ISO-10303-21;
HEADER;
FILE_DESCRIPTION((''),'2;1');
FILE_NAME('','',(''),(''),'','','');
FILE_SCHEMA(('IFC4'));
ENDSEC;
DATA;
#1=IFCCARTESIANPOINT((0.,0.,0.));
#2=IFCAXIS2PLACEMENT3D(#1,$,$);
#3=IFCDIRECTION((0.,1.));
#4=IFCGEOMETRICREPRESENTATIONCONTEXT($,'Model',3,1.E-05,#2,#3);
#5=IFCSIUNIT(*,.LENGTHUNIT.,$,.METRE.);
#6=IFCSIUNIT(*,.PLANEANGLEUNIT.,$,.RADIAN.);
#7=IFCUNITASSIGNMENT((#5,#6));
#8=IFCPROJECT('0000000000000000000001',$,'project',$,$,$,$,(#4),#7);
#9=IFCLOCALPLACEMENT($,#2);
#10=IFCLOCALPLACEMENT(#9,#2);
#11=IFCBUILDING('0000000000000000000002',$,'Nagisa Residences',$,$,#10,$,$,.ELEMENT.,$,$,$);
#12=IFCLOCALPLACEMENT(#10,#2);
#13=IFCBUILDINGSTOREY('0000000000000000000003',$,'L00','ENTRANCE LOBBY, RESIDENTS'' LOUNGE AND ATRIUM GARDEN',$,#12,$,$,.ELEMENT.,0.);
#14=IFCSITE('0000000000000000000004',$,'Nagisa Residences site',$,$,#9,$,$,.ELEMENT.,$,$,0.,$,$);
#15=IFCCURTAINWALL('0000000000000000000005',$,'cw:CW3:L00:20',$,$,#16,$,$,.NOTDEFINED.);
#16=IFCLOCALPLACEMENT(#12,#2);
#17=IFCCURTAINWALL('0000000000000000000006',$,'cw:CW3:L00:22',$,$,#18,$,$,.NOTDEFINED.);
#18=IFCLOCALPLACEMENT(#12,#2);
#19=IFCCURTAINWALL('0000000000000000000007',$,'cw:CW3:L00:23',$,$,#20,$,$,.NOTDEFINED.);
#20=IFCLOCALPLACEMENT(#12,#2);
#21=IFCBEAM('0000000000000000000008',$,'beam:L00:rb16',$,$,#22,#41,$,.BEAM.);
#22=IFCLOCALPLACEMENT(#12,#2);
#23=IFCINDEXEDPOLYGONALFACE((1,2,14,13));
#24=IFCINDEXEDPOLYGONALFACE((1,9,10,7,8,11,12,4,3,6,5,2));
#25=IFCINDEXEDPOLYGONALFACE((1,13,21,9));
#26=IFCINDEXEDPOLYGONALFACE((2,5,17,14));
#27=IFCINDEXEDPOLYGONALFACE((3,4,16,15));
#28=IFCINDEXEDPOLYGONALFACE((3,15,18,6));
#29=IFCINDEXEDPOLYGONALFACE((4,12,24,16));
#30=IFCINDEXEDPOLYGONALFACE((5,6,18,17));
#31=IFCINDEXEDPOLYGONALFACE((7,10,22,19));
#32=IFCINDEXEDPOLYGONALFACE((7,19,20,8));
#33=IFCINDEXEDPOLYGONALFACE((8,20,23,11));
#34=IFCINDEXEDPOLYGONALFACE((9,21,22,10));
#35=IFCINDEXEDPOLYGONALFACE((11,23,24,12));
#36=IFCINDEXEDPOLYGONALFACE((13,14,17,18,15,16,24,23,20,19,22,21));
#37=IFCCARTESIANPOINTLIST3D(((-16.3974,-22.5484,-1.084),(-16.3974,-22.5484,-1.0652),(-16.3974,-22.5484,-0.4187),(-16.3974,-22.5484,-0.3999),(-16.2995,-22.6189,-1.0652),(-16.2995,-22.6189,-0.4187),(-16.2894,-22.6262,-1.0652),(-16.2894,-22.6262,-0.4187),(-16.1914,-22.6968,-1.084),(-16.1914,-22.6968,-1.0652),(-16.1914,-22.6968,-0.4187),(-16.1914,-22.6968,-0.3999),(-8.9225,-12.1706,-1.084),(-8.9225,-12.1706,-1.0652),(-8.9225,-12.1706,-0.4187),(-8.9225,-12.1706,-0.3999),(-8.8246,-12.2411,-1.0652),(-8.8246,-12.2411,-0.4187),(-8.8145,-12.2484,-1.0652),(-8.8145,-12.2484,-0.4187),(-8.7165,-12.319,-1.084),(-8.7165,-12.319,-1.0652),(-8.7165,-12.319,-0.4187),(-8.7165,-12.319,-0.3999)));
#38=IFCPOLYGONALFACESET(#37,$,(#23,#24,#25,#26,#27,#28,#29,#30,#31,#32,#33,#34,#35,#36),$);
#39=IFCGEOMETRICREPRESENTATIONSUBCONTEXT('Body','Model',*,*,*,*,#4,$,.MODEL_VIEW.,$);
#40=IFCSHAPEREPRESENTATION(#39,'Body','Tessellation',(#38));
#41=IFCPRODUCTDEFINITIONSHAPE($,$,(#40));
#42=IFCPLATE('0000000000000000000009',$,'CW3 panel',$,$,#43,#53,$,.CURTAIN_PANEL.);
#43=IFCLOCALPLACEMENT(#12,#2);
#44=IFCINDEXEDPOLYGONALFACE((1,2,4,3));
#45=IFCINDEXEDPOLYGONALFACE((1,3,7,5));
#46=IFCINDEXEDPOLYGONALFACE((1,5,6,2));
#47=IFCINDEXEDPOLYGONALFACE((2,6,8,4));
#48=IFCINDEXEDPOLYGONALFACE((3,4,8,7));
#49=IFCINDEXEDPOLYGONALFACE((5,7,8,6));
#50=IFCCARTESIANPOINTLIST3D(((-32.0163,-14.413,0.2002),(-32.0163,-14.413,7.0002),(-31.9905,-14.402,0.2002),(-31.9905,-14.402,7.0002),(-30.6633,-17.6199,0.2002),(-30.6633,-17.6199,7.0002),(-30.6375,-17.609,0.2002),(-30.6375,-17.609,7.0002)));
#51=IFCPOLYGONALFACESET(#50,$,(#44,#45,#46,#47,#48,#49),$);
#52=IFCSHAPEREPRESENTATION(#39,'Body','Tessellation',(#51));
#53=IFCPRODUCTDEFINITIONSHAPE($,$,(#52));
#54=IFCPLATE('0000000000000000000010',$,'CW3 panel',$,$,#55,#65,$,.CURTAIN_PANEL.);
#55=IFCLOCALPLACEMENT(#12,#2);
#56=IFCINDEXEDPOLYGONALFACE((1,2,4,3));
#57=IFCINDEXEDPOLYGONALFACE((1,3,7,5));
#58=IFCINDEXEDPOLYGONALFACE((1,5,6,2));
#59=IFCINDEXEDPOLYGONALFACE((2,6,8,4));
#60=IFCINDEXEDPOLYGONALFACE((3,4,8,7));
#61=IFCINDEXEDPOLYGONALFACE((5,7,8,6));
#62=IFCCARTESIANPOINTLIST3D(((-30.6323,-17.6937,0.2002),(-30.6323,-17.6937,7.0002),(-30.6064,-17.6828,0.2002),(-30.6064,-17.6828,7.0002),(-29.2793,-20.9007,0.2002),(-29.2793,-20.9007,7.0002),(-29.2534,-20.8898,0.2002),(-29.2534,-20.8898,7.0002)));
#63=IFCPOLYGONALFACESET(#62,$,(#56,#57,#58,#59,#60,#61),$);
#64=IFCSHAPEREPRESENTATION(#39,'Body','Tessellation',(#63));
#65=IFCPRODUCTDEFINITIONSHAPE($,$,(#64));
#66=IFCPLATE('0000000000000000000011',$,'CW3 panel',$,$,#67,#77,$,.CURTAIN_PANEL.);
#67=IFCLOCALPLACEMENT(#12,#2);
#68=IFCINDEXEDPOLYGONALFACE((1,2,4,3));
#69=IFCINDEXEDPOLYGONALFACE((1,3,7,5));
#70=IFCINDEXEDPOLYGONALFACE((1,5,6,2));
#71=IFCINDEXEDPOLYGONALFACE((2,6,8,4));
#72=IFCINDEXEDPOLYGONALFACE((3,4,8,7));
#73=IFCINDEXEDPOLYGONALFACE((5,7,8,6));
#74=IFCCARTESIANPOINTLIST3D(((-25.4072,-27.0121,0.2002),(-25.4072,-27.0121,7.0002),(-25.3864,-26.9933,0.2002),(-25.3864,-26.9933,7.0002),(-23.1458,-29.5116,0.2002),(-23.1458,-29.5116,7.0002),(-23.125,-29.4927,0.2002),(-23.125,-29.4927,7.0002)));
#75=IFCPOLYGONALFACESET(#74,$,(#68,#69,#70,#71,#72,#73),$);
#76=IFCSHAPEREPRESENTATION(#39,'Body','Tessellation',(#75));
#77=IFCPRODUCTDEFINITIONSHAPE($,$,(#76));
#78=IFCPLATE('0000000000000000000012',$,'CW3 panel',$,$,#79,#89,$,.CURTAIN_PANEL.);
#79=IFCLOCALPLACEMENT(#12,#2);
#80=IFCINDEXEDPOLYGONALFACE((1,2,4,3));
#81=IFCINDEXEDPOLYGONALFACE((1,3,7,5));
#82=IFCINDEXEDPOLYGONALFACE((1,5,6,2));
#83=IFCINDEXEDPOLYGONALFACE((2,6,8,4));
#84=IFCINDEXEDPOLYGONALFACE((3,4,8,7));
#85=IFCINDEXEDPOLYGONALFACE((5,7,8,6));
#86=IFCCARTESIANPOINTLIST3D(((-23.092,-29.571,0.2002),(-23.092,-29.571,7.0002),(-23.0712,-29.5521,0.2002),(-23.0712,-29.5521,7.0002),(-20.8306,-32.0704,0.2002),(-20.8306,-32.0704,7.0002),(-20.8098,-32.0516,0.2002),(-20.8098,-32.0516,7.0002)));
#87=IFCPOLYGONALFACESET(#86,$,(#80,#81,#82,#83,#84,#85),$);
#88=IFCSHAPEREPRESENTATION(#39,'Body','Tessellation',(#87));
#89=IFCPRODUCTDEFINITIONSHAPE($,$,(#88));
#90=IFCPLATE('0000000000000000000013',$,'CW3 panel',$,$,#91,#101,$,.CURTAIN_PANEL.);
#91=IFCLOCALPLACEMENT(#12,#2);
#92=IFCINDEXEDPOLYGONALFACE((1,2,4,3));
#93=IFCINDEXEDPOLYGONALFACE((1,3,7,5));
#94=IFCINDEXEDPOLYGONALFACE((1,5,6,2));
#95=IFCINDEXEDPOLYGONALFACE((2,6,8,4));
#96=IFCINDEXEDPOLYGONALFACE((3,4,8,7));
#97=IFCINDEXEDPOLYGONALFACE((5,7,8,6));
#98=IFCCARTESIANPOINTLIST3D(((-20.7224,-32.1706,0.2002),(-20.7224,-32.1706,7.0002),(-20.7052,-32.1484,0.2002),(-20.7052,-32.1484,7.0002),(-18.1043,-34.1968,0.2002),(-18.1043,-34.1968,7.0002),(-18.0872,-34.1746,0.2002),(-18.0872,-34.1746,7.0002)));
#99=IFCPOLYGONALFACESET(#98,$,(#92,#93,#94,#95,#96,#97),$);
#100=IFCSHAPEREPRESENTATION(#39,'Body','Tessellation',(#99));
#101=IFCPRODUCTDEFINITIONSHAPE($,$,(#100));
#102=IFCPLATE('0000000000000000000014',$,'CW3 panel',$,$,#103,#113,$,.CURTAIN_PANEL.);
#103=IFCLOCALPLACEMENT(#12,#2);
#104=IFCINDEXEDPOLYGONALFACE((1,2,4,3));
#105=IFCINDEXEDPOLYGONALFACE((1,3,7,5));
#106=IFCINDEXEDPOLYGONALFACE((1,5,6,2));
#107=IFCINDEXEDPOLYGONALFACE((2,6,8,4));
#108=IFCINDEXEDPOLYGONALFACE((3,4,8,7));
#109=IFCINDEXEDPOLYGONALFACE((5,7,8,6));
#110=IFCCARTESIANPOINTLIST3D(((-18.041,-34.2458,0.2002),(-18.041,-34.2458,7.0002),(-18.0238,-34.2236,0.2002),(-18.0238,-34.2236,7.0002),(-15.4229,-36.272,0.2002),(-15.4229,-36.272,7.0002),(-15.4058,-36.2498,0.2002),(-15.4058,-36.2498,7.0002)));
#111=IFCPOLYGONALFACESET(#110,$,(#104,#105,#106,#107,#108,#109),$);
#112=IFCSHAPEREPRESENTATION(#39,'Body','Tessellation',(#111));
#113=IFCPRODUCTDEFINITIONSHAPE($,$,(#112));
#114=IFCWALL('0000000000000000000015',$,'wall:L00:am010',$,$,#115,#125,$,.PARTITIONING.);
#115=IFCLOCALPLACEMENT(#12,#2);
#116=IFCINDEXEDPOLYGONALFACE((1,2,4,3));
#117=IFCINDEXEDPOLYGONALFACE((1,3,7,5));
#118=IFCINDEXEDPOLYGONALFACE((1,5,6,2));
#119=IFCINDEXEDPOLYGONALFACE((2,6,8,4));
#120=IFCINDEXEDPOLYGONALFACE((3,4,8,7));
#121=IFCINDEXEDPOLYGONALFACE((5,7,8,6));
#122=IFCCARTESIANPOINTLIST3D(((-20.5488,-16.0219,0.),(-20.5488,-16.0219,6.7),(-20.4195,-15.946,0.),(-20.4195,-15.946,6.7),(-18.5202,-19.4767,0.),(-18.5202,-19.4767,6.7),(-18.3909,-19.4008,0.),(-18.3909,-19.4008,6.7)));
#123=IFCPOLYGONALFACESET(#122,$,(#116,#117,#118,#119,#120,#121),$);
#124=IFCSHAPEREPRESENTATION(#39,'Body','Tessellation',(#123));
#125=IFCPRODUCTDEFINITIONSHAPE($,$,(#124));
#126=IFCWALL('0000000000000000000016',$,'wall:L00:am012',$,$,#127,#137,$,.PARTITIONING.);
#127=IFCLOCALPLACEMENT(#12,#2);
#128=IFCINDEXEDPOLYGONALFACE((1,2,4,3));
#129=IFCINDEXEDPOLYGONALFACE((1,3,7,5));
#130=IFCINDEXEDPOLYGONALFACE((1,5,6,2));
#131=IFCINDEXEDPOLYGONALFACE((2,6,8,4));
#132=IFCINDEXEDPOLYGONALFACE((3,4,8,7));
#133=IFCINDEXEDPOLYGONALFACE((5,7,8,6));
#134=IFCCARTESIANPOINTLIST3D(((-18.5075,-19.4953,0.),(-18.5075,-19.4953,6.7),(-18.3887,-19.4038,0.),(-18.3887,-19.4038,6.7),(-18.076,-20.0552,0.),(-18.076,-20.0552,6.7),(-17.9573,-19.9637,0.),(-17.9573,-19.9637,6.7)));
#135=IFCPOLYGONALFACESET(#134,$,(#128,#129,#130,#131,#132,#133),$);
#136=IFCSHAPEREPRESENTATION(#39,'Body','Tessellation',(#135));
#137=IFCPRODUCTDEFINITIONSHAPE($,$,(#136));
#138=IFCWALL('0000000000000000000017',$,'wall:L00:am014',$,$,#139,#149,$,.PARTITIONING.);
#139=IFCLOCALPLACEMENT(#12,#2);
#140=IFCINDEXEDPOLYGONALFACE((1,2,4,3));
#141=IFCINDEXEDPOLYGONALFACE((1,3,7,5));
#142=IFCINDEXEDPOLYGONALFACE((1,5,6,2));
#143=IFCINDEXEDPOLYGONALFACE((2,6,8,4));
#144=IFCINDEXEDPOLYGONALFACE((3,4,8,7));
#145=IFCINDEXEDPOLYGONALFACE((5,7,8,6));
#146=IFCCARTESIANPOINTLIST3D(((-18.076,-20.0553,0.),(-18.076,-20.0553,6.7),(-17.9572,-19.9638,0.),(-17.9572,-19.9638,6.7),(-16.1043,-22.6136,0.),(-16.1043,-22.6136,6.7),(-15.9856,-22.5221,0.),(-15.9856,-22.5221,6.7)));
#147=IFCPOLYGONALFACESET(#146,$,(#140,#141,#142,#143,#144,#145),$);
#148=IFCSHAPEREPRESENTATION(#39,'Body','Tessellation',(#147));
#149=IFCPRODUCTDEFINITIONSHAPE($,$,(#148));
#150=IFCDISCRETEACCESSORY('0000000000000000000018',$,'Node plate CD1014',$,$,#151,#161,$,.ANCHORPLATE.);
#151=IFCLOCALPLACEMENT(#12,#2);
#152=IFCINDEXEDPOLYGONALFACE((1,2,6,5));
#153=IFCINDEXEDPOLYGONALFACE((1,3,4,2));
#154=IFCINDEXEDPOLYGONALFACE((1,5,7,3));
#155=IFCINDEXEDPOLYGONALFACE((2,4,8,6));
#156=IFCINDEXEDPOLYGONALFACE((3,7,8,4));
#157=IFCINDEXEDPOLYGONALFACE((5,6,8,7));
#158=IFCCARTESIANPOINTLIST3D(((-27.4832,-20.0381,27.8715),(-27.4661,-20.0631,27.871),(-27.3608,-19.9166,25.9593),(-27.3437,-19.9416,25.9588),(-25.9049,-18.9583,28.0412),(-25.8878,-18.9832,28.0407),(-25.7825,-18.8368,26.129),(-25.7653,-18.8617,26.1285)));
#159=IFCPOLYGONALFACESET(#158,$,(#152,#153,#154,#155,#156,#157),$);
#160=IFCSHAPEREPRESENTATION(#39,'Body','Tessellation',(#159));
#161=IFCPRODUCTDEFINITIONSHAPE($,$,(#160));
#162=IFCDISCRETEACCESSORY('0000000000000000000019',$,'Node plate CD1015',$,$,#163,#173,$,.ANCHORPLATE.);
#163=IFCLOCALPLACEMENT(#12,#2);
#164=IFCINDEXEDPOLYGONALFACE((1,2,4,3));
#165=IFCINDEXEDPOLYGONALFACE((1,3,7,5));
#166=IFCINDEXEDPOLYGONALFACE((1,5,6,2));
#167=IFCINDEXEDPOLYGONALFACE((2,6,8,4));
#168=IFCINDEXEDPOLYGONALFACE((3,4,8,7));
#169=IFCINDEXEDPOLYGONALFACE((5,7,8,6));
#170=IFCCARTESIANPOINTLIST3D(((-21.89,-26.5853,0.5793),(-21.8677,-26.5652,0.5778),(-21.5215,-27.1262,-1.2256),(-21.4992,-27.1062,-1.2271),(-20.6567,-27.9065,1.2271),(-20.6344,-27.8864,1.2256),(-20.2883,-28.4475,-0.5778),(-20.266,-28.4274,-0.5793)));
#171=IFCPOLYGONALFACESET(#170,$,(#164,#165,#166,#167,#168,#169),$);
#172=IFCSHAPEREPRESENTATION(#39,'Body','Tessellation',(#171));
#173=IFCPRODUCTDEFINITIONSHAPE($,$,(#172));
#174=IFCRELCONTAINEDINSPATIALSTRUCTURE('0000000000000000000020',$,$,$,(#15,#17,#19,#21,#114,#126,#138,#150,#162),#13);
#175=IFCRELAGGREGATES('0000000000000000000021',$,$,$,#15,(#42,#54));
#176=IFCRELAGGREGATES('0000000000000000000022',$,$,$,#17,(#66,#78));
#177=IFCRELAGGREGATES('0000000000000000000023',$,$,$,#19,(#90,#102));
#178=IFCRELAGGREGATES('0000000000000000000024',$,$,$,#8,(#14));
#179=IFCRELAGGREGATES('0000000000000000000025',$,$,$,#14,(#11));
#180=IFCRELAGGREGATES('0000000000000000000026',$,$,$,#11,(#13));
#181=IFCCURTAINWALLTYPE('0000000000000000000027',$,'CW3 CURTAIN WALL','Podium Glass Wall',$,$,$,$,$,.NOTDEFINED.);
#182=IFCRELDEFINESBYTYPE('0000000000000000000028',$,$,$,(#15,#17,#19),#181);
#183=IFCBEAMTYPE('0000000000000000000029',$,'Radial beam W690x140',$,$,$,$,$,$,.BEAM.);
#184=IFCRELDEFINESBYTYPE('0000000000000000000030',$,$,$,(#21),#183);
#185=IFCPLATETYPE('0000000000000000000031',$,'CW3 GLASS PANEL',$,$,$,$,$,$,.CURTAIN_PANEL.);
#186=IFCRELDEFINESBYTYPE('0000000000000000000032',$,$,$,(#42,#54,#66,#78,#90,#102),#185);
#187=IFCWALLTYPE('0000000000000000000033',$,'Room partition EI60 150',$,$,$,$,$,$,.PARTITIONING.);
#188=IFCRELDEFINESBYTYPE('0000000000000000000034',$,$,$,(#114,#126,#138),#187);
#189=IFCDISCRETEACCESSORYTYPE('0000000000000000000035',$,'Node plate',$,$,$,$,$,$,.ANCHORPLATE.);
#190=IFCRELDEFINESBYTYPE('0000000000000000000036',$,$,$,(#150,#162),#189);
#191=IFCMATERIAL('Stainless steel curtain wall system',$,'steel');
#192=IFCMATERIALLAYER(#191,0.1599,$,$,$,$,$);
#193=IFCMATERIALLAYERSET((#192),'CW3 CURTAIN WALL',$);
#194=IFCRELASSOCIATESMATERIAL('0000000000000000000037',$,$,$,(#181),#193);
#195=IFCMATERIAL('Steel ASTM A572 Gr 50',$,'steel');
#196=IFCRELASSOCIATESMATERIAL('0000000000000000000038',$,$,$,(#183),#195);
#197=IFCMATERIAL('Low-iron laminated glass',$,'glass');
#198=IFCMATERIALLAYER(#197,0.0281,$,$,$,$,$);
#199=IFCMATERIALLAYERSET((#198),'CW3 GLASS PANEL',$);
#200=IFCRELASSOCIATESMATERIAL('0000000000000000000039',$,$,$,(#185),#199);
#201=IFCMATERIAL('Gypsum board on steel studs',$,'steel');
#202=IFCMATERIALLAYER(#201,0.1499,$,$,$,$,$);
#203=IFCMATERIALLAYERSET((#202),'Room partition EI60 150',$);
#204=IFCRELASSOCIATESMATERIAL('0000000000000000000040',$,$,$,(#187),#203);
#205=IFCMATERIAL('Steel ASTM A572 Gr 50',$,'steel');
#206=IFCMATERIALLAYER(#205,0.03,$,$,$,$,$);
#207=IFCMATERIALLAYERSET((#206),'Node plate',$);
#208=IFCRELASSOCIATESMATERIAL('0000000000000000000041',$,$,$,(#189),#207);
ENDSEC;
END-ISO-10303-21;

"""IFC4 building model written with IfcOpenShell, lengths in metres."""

from ifc_helpers import new_model, si_unit, direction, frame, frame_2d, origin, origin_2d, place, context, subcontext, project, spatial, rectangle, i_section, extrude, material, layer, layer_set, material_profile, profile_set, type_object, element, aggregate, save


model = new_model("IFC4")

# Units and contexts
model_context = context("Model", 3, precision=1e-05, world=origin(), true_north=direction((0.0, 1.0)))
body_context = subcontext(model_context, "Body", "Model", "MODEL_VIEW")
ifc_project = project(units=[si_unit("LENGTHUNIT", "METRE"), si_unit("PLANEANGLEUNIT", "RADIAN")], contexts=[model_context])

# Site, building, storey
site_placement = place(None, origin())
site = spatial("IfcSite", under=ifc_project, at=site_placement, Name="Nagisa Residences site", CompositionType="ELEMENT", RefElevation=0.0)
building_placement = place(site_placement, origin())
building = spatial("IfcBuilding", under=site, at=building_placement, Name="Nagisa Residences", CompositionType="ELEMENT")
storey_placement = place(building_placement, origin())
storey = spatial("IfcBuildingStorey", under=building, at=storey_placement, Name="L00", Description="ENTRANCE LOBBY, RESIDENTS' LOUNGE AND ATRIUM GARDEN", CompositionType="ELEMENT", Elevation=0.0)

# Curtain walls
ifc_material_1 = material(Name="Stainless steel curtain wall system", Category="steel")
ifc_layer_1 = layer(ifc_material_1, 0.1599)
ifc_layer_set_1 = layer_set([ifc_layer_1], Name="CW3 CURTAIN WALL")
curtain_wall_type = type_object("IfcCurtainWallType", Name="CW3 CURTAIN WALL", Description="Podium Glass Wall", PredefinedType="NOTDEFINED", material=ifc_layer_set_1)
curtain_wall_1_placement = place(storey_placement, origin())
curtain_wall_1 = element("IfcCurtainWall", 1, at=curtain_wall_1_placement, inside=storey, type_object=curtain_wall_type, Name="cw:CW3:L00:20", PredefinedType="NOTDEFINED")
curtain_wall_2_placement = place(storey_placement, origin())
curtain_wall_2 = element("IfcCurtainWall", 2, at=curtain_wall_2_placement, inside=storey, type_object=curtain_wall_type, Name="cw:CW3:L00:22", PredefinedType="NOTDEFINED")
curtain_wall_3_placement = place(storey_placement, origin())
curtain_wall_3 = element("IfcCurtainWall", 3, at=curtain_wall_3_placement, inside=storey, type_object=curtain_wall_type, Name="cw:CW3:L00:23", PredefinedType="NOTDEFINED")

# Beam
ifc_material_2 = material(Name="Steel ASTM A572 Gr 50", Category="steel")
ifc_material_profile_1 = material_profile(ifc_material_2, i_section(OverallWidth=0.2539, OverallDepth=0.6841, WebThickness=0.0125, FlangeThickness=0.0188, at=origin_2d()), Name="W690x140")
ifc_profile_set_1 = profile_set([ifc_material_profile_1], Name="Steel ASTM A572 Gr 50")
beam_type_1 = type_object("IfcBeamType", Name="Radial beam W690x140", PredefinedType="BEAM", material=ifc_profile_set_1)
beam_1_placement = place(storey_placement, frame((-16.2944, -22.6226, -0.7419), z_axis=(0.584455, 0.811426, 0.0), x_axis=(-0.811426, 0.584455, 0.0)))
element("IfcBeam", 4, at=beam_1_placement, inside=storey, type_object=beam_type_1, Name="beam:L00:rb16", PredefinedType="BEAM", context=body_context, shape_type="SweptSolid", body=[
    extrude(i_section(OverallWidth=0.2539, OverallDepth=0.6841, WebThickness=0.0125, FlangeThickness=0.0188, at=origin_2d()), origin(), (0.0, 0.0, 1.0), 12.7896),
])

# Plates
ifc_material_3 = material(Name="Low-iron laminated glass", Category="glass")
ifc_layer_2 = layer(ifc_material_3, 0.0281)
ifc_layer_set_2 = layer_set([ifc_layer_2], Name="CW3 GLASS PANEL")
plate_type = type_object("IfcPlateType", Name="CW3 GLASS PANEL", PredefinedType="CURTAIN_PANEL", material=ifc_layer_set_2)
plate_1_placement = place(storey_placement, frame((-31.3269, -16.011, 0.2002), z_axis=(0.0, 0.0, 1.0), x_axis=(0.388718, -0.921357, 0.0)))
plate_1 = element("IfcPlate", 5, at=plate_1_placement, type_object=plate_type, Name="CW3 panel", PredefinedType="CURTAIN_PANEL", context=body_context, shape_type="SweptSolid", body=[
    extrude(rectangle(XDim=3.4807, YDim=0.0281, at=origin_2d()), origin(), (0.0, 0.0, 1.0), 6.8),
])
plate_2_placement = place(storey_placement, frame((-29.9429, -19.2917, 0.2002), z_axis=(0.0, 0.0, 1.0), x_axis=(0.388718, -0.921357, 0.0)))
plate_2 = element("IfcPlate", 6, at=plate_2_placement, type_object=plate_type, Name="CW3 panel", PredefinedType="CURTAIN_PANEL", context=body_context, shape_type="SweptSolid", body=[
    extrude(rectangle(XDim=3.4807, YDim=0.0281, at=origin_2d()), origin(), (0.0, 0.0, 1.0), 6.8),
])
aggregate(curtain_wall_1, [plate_1, plate_2])
plate_3_placement = place(storey_placement, frame((-24.2661, -28.2524, 0.2002), z_axis=(0.0, 0.0, 1.0), x_axis=(0.670913, -0.741536, 0.0)))
plate_3 = element("IfcPlate", 7, at=plate_3_placement, type_object=plate_type, Name="CW3 panel", PredefinedType="CURTAIN_PANEL", context=body_context, shape_type="SweptSolid", body=[
    extrude(rectangle(XDim=3.3706, YDim=0.0281, at=origin_2d()), origin(), (0.0, 0.0, 1.0), 6.8),
])
plate_4_placement = place(storey_placement, frame((-21.9509, -30.8113, 0.2002), z_axis=(0.0, 0.0, 1.0), x_axis=(0.670913, -0.741536, 0.0)))
plate_4 = element("IfcPlate", 8, at=plate_4_placement, type_object=plate_type, Name="CW3 panel", PredefinedType="CURTAIN_PANEL", context=body_context, shape_type="SweptSolid", body=[
    extrude(rectangle(XDim=3.3706, YDim=0.0281, at=origin_2d()), origin(), (0.0, 0.0, 1.0), 6.8),
])
aggregate(curtain_wall_2, [plate_3, plate_4])
plate_5_placement = place(storey_placement, frame((-19.4048, -33.1726, 0.2002), z_axis=(0.0, 0.0, 1.0), x_axis=(0.790831, -0.612035, 0.0)))
plate_5 = element("IfcPlate", 9, at=plate_5_placement, type_object=plate_type, Name="CW3 panel", PredefinedType="CURTAIN_PANEL", context=body_context, shape_type="SweptSolid", body=[
    extrude(rectangle(XDim=3.3105, YDim=0.0281, at=origin_2d()), origin(), (0.0, 0.0, 1.0), 6.8),
])
plate_6_placement = place(storey_placement, frame((-16.7234, -35.2478, 0.2002), z_axis=(0.0, 0.0, 1.0), x_axis=(0.790831, -0.612035, 0.0)))
plate_6 = element("IfcPlate", 10, at=plate_6_placement, type_object=plate_type, Name="CW3 panel", PredefinedType="CURTAIN_PANEL", context=body_context, shape_type="SweptSolid", body=[
    extrude(rectangle(XDim=3.3105, YDim=0.0281, at=origin_2d()), origin(), (0.0, 0.0, 1.0), 6.8),
])
aggregate(curtain_wall_3, [plate_5, plate_6])

# Walls
ifc_material_4 = material(Name="Gypsum board on steel studs", Category="steel")
ifc_layer_3 = layer(ifc_material_4, 0.1499)
ifc_layer_set_3 = layer_set([ifc_layer_3], Name="Room partition EI60 150")
wall_type_1 = type_object("IfcWallType", Name="Room partition EI60 150", PredefinedType="PARTITIONING", material=ifc_layer_set_3)
wall_1_placement = place(storey_placement, frame((-18.4556, -19.4387, 0.0), z_axis=(0.0, 0.0, 1.0), x_axis=(-0.506336, 0.862337, 0.0)))
element("IfcWall", 11, at=wall_1_placement, inside=storey, type_object=wall_type_1, Name="wall:L00:am010", PredefinedType="PARTITIONING", context=body_context, shape_type="SweptSolid", body=[
    extrude(rectangle(XDim=4.0063, YDim=0.1499, at=frame_2d((2.0032, 0.0))), origin(), (0.0, 0.0, 1.0), 6.7),
])
wall_2_placement = place(storey_placement, frame((-18.0166, -20.0095, 0.0), z_axis=(0.0, 0.0, 1.0), x_axis=(-0.610395, 0.792097, 0.0)))
element("IfcWall", 12, at=wall_2_placement, inside=storey, type_object=wall_type_1, Name="wall:L00:am012", PredefinedType="PARTITIONING", context=body_context, shape_type="SweptSolid", body=[
    extrude(rectangle(XDim=0.7068, YDim=0.1499, at=frame_2d((0.3535, 0.0))), origin(), (0.0, 0.0, 1.0), 6.7),
])
wall_3_placement = place(storey_placement, frame((-16.0449, -22.5679, 0.0), z_axis=(0.0, 0.0, 1.0), x_axis=(-0.610434, 0.792067, 0.0)))
element("IfcWall", 13, at=wall_3_placement, inside=storey, type_object=wall_type_1, Name="wall:L00:am014", PredefinedType="PARTITIONING", context=body_context, shape_type="SweptSolid", body=[
    extrude(rectangle(XDim=3.23, YDim=0.1499, at=frame_2d((1.615, 0.0))), origin(), (0.0, 0.0, 1.0), 6.7),
])

# Discrete accessories
ifc_material_5 = material(Name="Steel ASTM A572 Gr 50", Category="steel")
ifc_layer_4 = layer(ifc_material_5, 0.03)
ifc_layer_set_4 = layer_set([ifc_layer_4], Name="Node plate")
discrete_accessory_type = type_object("IfcDiscreteAccessoryType", Name="Node plate", PredefinedType="ANCHORPLATE", material=ifc_layer_set_4)
discrete_accessory_1_placement = place(storey_placement, frame((-26.6157, -19.4624, 26.9998), z_axis=(-0.565769, 0.824406, 0.016165), x_axis=(0.06376, 0.063286, -0.995957)))
element("IfcDiscreteAccessory", 14, at=discrete_accessory_1_placement, inside=storey, type_object=discrete_accessory_type, Name="Node plate CD1014", PredefinedType="ANCHORPLATE", context=body_context, shape_type="SweptSolid", body=[
    extrude(rectangle(XDim=1.9199, YDim=1.9199, at=origin_2d()), origin(), (0.0, 0.0, 1.0), 0.0303),
])
discrete_accessory_2_placement = place(storey_placement, frame((-21.0891, -27.5164, 0.0007), z_axis=(0.741999, 0.668614, -0.048923), x_axis=(-0.191919, 0.28177, 0.940092)))
element("IfcDiscreteAccessory", 15, at=discrete_accessory_2_placement, inside=storey, type_object=discrete_accessory_type, Name="Node plate CD1015", PredefinedType="ANCHORPLATE", context=body_context, shape_type="SweptSolid", body=[
    extrude(rectangle(XDim=1.9199, YDim=1.9199, at=origin_2d()), origin(), (0.0, 0.0, 1.0), 0.03),
])

save(model, "model.ifc")
